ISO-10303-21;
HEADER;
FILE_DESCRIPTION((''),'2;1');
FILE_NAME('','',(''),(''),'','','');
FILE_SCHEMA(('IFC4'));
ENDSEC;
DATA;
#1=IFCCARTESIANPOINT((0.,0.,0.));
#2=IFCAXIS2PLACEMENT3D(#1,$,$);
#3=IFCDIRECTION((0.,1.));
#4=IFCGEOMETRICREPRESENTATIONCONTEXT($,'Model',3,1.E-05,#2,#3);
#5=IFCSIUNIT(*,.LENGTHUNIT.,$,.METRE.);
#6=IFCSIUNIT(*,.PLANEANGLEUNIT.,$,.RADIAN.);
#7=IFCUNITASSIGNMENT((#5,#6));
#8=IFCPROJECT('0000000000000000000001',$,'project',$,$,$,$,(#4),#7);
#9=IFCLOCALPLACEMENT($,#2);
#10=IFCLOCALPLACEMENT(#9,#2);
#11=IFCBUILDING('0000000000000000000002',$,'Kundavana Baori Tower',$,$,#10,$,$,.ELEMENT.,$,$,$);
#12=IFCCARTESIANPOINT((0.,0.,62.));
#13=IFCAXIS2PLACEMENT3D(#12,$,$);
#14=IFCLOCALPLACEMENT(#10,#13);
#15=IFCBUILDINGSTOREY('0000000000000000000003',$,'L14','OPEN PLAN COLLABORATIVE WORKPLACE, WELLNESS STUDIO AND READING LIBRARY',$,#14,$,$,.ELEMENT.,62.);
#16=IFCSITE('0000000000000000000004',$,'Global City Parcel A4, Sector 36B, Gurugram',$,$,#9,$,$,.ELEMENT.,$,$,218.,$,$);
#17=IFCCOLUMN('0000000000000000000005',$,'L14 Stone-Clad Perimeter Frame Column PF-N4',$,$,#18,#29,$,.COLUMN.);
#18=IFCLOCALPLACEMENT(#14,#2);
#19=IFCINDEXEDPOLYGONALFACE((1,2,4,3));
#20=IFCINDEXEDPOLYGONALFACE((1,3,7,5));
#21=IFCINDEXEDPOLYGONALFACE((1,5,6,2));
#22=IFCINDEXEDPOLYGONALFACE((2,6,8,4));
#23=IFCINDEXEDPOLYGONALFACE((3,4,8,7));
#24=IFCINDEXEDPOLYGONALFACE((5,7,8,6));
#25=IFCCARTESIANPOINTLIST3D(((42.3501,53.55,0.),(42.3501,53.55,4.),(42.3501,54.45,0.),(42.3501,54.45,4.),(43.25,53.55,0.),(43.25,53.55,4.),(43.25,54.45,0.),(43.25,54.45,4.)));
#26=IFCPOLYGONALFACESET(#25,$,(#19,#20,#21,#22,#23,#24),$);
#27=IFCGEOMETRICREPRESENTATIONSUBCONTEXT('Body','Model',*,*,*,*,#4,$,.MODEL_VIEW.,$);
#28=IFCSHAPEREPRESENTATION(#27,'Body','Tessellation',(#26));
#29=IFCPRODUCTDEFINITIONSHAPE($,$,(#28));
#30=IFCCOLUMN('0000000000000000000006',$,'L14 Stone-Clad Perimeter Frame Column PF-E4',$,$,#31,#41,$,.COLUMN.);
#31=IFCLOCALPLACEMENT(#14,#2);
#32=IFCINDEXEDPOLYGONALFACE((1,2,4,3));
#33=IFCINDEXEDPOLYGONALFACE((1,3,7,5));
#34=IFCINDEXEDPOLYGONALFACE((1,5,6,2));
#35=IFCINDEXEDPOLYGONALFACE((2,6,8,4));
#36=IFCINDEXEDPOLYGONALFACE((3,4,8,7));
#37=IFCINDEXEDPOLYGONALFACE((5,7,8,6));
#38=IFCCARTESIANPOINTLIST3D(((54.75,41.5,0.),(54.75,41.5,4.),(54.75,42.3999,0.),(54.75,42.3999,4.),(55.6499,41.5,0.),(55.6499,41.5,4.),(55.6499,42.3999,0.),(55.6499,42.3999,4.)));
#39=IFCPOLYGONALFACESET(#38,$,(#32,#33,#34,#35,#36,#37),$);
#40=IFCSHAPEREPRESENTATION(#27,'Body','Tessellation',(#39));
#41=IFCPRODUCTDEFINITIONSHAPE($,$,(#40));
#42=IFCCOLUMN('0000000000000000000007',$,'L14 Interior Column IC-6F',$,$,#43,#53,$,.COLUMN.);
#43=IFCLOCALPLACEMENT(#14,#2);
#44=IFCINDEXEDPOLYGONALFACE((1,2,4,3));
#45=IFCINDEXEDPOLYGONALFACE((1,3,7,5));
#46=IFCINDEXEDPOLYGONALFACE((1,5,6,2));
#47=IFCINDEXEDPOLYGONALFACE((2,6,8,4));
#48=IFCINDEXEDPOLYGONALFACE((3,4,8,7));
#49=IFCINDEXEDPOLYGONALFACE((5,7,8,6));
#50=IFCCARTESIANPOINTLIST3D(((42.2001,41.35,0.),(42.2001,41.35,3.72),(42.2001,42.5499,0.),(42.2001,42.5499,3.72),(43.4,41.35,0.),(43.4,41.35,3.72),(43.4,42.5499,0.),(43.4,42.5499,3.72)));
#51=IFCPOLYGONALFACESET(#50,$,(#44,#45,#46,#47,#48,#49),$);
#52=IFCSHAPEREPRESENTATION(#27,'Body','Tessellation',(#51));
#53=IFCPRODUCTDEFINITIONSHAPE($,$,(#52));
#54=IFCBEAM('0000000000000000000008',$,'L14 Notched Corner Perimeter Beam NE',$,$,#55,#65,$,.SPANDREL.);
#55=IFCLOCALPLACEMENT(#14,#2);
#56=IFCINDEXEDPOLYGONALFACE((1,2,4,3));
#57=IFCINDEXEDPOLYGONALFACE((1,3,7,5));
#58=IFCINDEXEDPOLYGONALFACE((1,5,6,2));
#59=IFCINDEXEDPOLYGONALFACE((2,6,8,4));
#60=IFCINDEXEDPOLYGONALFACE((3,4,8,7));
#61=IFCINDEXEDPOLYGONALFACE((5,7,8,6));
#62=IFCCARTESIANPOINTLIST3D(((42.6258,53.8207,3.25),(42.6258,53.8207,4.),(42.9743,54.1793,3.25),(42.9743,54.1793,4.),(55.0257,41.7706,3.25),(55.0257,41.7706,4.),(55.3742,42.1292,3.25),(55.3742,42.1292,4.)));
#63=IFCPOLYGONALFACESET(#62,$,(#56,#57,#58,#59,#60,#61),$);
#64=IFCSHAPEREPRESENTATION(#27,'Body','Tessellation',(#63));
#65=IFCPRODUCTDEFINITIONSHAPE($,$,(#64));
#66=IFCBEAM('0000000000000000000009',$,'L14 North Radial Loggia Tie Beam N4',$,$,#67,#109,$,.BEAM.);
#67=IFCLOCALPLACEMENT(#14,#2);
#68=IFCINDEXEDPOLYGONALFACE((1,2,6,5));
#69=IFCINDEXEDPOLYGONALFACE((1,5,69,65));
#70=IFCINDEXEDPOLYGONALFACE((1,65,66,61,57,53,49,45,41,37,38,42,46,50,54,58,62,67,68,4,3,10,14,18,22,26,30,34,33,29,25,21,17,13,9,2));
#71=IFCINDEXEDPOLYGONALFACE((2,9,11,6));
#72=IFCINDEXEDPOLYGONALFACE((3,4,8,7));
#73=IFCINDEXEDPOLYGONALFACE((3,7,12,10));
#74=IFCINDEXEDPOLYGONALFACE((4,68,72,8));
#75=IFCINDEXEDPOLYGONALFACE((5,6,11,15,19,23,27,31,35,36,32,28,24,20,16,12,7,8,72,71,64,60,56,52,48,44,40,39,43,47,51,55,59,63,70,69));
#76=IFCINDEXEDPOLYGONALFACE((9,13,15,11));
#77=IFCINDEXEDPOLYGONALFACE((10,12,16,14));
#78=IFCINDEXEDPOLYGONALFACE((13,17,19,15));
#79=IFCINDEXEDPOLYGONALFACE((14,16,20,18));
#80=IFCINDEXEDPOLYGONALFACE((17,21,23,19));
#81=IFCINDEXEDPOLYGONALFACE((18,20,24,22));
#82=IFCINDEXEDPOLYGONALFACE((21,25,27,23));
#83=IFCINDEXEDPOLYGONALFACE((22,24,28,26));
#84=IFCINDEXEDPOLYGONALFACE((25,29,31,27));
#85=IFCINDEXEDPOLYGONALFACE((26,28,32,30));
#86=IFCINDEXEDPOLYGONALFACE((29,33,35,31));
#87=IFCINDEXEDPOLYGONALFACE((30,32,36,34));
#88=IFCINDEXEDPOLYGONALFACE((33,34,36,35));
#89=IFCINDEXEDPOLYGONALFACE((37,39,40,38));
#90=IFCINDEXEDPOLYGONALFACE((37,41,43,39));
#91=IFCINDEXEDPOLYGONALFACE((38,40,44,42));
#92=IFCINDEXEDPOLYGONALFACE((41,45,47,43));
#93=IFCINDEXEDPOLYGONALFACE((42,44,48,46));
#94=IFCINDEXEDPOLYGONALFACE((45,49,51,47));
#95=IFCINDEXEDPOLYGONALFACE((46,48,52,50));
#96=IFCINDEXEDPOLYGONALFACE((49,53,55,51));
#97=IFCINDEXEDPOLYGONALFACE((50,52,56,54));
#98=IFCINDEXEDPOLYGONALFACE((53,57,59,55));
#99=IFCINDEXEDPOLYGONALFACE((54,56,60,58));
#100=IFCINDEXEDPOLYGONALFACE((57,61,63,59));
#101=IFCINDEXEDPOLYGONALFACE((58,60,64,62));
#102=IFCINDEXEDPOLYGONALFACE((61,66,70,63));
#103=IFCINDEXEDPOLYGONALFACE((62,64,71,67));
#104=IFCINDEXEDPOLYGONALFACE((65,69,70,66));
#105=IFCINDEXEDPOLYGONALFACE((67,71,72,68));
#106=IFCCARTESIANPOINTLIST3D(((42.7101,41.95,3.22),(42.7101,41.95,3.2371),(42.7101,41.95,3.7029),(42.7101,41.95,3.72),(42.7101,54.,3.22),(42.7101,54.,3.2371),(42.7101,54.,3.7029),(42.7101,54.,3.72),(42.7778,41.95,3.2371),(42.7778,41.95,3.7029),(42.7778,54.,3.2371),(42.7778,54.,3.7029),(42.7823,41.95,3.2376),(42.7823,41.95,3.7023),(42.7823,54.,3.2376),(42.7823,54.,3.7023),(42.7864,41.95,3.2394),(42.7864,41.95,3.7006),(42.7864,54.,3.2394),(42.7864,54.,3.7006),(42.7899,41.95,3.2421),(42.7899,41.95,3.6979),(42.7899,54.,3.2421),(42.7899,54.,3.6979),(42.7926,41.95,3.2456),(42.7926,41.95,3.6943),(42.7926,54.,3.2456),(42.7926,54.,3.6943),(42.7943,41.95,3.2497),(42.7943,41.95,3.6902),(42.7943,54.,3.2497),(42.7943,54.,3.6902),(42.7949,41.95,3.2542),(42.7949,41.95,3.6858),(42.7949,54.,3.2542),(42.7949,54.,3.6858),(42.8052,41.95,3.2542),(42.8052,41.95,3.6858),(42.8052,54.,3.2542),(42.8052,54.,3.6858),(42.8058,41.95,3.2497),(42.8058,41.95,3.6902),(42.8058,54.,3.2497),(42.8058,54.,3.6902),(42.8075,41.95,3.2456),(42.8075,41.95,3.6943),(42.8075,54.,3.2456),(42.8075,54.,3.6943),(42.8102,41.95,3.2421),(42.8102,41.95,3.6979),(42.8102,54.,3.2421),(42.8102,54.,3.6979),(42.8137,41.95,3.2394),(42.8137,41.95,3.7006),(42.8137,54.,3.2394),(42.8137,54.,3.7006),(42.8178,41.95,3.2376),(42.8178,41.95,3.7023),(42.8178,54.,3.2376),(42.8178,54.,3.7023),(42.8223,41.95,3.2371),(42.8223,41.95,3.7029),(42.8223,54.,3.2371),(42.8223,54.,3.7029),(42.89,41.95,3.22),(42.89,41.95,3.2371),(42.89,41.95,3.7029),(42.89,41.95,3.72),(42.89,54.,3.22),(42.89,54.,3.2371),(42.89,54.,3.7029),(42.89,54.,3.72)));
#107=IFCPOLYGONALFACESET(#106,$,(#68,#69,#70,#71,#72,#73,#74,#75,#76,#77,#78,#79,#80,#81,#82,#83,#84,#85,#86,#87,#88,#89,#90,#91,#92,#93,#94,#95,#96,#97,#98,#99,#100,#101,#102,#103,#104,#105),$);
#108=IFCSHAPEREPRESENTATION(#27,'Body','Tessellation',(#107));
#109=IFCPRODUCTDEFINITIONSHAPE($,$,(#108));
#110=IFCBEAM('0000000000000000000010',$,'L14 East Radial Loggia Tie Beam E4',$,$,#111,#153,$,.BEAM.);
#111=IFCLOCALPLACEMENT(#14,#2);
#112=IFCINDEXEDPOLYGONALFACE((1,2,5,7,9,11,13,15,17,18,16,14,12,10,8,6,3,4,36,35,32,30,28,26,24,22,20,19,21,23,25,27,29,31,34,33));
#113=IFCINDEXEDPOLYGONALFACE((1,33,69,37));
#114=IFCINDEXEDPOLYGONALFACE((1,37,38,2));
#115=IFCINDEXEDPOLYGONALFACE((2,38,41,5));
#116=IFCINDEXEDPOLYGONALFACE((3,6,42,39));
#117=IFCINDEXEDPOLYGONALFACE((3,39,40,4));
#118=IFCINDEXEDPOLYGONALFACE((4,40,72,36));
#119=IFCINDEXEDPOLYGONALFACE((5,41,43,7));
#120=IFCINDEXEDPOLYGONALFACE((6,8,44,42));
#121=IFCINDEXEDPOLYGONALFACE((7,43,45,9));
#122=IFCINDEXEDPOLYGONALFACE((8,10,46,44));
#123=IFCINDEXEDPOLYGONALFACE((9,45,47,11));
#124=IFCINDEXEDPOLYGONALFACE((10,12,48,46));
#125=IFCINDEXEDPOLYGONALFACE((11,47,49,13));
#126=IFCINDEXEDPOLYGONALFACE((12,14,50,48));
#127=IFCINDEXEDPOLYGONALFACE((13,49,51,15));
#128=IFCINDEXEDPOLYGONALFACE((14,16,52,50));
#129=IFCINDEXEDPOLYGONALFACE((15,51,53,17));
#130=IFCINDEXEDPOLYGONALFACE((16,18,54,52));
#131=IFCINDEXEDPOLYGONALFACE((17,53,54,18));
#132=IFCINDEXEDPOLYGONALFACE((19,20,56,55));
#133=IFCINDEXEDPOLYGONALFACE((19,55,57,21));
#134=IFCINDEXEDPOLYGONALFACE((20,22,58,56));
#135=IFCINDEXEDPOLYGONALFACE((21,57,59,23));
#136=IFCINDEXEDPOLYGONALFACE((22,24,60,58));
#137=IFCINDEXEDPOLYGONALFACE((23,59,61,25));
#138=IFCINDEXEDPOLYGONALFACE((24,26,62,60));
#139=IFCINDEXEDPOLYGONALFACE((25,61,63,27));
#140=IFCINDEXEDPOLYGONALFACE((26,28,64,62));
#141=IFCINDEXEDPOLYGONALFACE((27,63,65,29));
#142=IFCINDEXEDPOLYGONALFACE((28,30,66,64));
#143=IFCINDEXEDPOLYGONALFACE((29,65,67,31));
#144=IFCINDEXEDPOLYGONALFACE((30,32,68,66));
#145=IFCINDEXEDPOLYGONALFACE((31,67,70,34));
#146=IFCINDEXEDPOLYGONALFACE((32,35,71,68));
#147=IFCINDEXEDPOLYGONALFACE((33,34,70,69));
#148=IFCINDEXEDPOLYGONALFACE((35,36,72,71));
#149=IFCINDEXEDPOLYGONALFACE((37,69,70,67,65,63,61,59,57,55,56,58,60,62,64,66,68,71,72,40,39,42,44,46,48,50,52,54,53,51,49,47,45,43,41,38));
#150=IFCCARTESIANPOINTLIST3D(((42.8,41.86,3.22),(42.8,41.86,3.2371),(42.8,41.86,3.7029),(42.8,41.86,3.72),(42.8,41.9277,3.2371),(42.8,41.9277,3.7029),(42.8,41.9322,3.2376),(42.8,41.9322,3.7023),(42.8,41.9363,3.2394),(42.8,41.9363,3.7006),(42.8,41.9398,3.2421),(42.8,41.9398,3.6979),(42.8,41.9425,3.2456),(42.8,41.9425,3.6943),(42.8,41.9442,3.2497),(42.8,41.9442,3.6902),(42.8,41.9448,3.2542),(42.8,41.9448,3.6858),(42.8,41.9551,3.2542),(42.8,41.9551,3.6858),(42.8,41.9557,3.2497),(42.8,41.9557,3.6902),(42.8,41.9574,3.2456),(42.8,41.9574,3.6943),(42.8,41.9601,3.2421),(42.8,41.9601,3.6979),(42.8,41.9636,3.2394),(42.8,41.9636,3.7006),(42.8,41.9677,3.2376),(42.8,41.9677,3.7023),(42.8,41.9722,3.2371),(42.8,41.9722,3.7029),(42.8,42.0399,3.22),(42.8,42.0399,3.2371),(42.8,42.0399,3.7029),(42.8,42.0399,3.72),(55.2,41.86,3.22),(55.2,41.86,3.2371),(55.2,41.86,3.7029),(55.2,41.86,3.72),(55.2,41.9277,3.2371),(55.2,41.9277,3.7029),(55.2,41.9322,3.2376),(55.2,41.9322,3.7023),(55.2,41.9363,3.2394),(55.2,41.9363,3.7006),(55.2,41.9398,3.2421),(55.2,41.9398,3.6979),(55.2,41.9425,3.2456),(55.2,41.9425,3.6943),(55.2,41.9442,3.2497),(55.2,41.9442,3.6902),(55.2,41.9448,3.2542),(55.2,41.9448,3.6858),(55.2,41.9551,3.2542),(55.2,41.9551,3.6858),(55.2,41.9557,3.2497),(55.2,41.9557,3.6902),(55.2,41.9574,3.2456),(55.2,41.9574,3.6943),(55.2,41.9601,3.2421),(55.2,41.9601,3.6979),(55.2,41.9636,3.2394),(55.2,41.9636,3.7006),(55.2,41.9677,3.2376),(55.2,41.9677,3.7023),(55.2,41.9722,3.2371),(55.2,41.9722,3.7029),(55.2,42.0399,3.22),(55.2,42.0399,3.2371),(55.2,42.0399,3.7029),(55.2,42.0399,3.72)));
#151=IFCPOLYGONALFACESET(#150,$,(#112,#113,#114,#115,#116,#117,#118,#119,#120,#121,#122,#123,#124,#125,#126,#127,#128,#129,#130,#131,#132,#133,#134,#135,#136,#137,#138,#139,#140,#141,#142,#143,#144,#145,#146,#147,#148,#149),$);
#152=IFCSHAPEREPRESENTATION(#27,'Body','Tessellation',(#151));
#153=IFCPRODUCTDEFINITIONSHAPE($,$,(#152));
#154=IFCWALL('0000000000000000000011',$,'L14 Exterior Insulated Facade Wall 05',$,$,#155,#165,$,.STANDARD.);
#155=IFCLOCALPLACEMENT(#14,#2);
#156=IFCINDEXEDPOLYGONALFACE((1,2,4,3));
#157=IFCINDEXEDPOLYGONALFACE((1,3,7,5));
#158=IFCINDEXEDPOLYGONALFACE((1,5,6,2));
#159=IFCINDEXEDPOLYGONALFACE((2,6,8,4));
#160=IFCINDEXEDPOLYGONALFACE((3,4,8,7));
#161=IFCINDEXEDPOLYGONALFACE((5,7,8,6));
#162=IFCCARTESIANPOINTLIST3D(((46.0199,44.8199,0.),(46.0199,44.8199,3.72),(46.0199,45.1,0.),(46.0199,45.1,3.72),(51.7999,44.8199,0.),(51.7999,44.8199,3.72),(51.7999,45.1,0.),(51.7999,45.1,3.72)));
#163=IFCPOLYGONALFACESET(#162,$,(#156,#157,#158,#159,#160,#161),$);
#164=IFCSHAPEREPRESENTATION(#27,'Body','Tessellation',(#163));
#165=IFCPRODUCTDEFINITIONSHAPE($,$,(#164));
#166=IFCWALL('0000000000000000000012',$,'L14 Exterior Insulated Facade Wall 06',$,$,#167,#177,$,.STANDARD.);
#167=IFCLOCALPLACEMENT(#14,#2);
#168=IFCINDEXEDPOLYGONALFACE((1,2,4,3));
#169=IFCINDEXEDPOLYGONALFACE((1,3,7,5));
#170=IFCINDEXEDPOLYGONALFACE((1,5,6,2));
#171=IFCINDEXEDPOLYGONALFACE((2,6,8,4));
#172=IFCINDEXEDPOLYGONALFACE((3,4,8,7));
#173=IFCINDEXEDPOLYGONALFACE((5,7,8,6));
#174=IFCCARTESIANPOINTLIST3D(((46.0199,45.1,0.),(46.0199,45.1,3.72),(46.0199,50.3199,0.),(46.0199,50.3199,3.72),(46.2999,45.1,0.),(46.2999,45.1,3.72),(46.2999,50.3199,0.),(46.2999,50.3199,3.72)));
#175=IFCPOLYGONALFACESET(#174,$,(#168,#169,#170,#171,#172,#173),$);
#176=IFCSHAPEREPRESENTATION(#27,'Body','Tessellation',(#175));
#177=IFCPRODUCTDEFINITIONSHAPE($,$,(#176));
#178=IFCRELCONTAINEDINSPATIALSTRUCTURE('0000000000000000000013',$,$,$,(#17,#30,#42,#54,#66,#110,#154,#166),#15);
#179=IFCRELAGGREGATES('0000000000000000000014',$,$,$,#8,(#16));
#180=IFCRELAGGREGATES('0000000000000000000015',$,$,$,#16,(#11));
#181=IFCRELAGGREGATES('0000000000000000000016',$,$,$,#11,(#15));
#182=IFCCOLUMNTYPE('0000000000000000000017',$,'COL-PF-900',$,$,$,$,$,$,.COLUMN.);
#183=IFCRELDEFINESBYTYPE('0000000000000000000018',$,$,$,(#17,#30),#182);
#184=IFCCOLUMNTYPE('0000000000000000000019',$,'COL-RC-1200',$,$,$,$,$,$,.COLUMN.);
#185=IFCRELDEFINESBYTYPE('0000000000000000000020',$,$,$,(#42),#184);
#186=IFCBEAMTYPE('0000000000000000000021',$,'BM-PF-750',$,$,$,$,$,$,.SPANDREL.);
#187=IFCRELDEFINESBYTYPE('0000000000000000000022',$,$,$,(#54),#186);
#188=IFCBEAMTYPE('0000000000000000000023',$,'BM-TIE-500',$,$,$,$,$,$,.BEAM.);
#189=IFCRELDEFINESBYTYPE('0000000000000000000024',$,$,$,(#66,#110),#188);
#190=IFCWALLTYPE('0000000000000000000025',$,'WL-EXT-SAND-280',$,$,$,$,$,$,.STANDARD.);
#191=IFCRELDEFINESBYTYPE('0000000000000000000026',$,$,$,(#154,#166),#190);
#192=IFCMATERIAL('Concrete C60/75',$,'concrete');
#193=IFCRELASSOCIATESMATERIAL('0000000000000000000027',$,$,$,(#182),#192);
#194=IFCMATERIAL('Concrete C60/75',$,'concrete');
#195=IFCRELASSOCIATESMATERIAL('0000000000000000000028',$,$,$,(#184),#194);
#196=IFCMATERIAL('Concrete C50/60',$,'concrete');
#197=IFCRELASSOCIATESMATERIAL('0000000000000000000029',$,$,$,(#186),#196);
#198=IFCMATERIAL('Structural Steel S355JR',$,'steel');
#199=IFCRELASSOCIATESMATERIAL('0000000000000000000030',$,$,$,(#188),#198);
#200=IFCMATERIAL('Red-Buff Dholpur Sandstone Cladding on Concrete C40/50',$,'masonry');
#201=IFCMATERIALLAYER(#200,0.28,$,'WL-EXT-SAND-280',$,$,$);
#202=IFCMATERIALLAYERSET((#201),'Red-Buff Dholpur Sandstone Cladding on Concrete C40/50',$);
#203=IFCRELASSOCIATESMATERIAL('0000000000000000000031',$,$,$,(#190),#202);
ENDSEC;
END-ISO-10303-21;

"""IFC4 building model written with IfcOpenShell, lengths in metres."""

from ifc_helpers import new_model, si_unit, direction, frame, frame_2d, origin, origin_2d, place, context, subcontext, project, spatial, rectangle, i_section, extrude, material, layer, layer_set, material_profile, profile_set, type_object, element, save


model = new_model("IFC4")

# Units and contexts
model_context = context("Model", 3, precision=1e-05, world=origin(), true_north=direction((0.0, 1.0)))
body_context = subcontext(model_context, "Body", "Model", "MODEL_VIEW")
ifc_project = project(units=[si_unit("LENGTHUNIT", "METRE"), si_unit("PLANEANGLEUNIT", "RADIAN")], contexts=[model_context])

# Site, building, storey
site_placement = place(None, origin())
site = spatial("IfcSite", under=ifc_project, at=site_placement, Name="Global City Parcel A4, Sector 36B, Gurugram", CompositionType="ELEMENT", RefElevation=218.0)
building_placement = place(site_placement, origin())
building = spatial("IfcBuilding", under=site, at=building_placement, Name="Kundavana Baori Tower", CompositionType="ELEMENT")
storey_placement = place(building_placement, frame((0.0, 0.0, 62.0)))
storey = spatial("IfcBuildingStorey", under=building, at=storey_placement, Name="L14", Description="OPEN PLAN COLLABORATIVE WORKPLACE, WELLNESS STUDIO AND READING LIBRARY", CompositionType="ELEMENT", Elevation=62.0)

# Columns
ifc_material_1 = material(Name="Concrete C60/75", Category="concrete")
ifc_material_profile_1 = material_profile(ifc_material_1, rectangle(XDim=0.8999, YDim=0.8999, at=origin_2d()), Name="RC PF 900x900")
ifc_profile_set_1 = profile_set([ifc_material_profile_1], Name="Concrete C60/75")
column_type_1 = type_object("IfcColumnType", Name="COL-PF-900", PredefinedType="COLUMN", material=ifc_profile_set_1)
for number, where, z_axis, x_axis, name in (
    (1, (42.8, 54.0, 0.0), (0.0, 0.0, 1.0), (1.0, 0.0, 0.0), "L14 Stone-Clad Perimeter Frame Column PF-N4"),
    (2, (55.2, 41.95, 0.0), (0.0, 0.0, 1.0), (1.0, 0.0, 0.0), "L14 Stone-Clad Perimeter Frame Column PF-E4"),
):
    element("IfcColumn", number, at=place(storey_placement, frame(where, z_axis=z_axis, x_axis=x_axis)), inside=storey, type_object=column_type_1, Name=name, PredefinedType="COLUMN", context=body_context, shape_type="SweptSolid", body=[
        extrude(rectangle(XDim=0.8999, YDim=0.8999, at=origin_2d()), origin(), (0.0, 0.0, 1.0), 4.0),
    ])
ifc_material_2 = material(Name="Concrete C60/75", Category="concrete")
ifc_material_profile_2 = material_profile(ifc_material_2, rectangle(XDim=1.2, YDim=1.2, at=origin_2d()), Name="RC 1200x1200")
ifc_profile_set_2 = profile_set([ifc_material_profile_2], Name="Concrete C60/75")
column_type_2 = type_object("IfcColumnType", Name="COL-RC-1200", PredefinedType="COLUMN", material=ifc_profile_set_2)
column_placement = place(storey_placement, frame((42.8, 41.95, 0.0), z_axis=(0.0, 0.0, 1.0), x_axis=(1.0, 0.0, 0.0)))
element("IfcColumn", 3, at=column_placement, inside=storey, type_object=column_type_2, Name="L14 Interior Column IC-6F", PredefinedType="COLUMN", context=body_context, shape_type="SweptSolid", body=[
    extrude(rectangle(XDim=1.2, YDim=1.2, at=origin_2d()), origin(), (0.0, 0.0, 1.0), 3.72),
])

# Beams
ifc_material_3 = material(Name="Concrete C50/60", Category="concrete")
ifc_material_profile_3 = material_profile(ifc_material_3, rectangle(XDim=0.5, YDim=0.75, at=origin_2d()), Name="RC BM 500x750")
ifc_profile_set_3 = profile_set([ifc_material_profile_3], Name="Concrete C50/60")
beam_type_1 = type_object("IfcBeamType", Name="BM-PF-750", PredefinedType="SPANDREL", material=ifc_profile_set_3)
beam_1_placement = place(storey_placement, frame((42.8, 54.0, 3.625), z_axis=(0.717151, -0.696917, 0.0), x_axis=(0.696917, 0.717151, 0.0)))
element("IfcBeam", 4, at=beam_1_placement, inside=storey, type_object=beam_type_1, Name="L14 Notched Corner Perimeter Beam NE", PredefinedType="SPANDREL", context=body_context, shape_type="SweptSolid", body=[
    extrude(rectangle(XDim=0.5, YDim=0.75, at=origin_2d()), origin(), (0.0, 0.0, 1.0), 17.2905),
])
ifc_material_4 = material(Name="Structural Steel S355JR", Category="steel")
ifc_material_profile_4 = material_profile(ifc_material_4, i_section(OverallWidth=0.1799, OverallDepth=0.5, WebThickness=0.0103, FlangeThickness=0.0171, FilletRadius=0.0171, at=origin_2d()), Name="ISMB 500")
ifc_profile_set_4 = profile_set([ifc_material_profile_4], Name="Structural Steel S355JR")
beam_type_2 = type_object("IfcBeamType", Name="BM-TIE-500", PredefinedType="BEAM", material=ifc_profile_set_4)
beam_2_placement = place(storey_placement, frame((42.8, 41.95, 3.47), z_axis=(0.0, 1.0, 0.0), x_axis=(-1.0, 0.0, 0.0)))
element("IfcBeam", 5, at=beam_2_placement, inside=storey, type_object=beam_type_2, Name="L14 North Radial Loggia Tie Beam N4", PredefinedType="BEAM", context=body_context, shape_type="SweptSolid", body=[
    extrude(i_section(OverallWidth=0.1799, OverallDepth=0.5, WebThickness=0.0103, FlangeThickness=0.0171, FilletRadius=0.0171, at=origin_2d()), origin(), (0.0, 0.0, 1.0), 12.05),
])
beam_3_placement = place(storey_placement, frame((42.8, 41.95, 3.47), z_axis=(1.0, 0.0, 0.0), x_axis=(0.0, 1.0, 0.0)))
element("IfcBeam", 6, at=beam_3_placement, inside=storey, type_object=beam_type_2, Name="L14 East Radial Loggia Tie Beam E4", PredefinedType="BEAM", context=body_context, shape_type="SweptSolid", body=[
    extrude(i_section(OverallWidth=0.1799, OverallDepth=0.5, WebThickness=0.0103, FlangeThickness=0.0171, FilletRadius=0.0171, at=origin_2d()), origin(), (0.0, 0.0, 1.0), 12.3999),
])

# Walls
ifc_material_5 = material(Name="Red-Buff Dholpur Sandstone Cladding on Concrete C40/50", Category="masonry")
ifc_layer_1 = layer(ifc_material_5, 0.28, Name="WL-EXT-SAND-280")
ifc_layer_set_1 = layer_set([ifc_layer_1], Name="Red-Buff Dholpur Sandstone Cladding on Concrete C40/50")
wall_type_1 = type_object("IfcWallType", Name="WL-EXT-SAND-280", PredefinedType="STANDARD", material=ifc_layer_set_1)
wall_1_placement = place(storey_placement, frame((51.8, 44.96, 0.0), z_axis=(0.0, 0.0, 1.0), x_axis=(-1.0, 0.0, 0.0)))
element("IfcWall", 7, at=wall_1_placement, inside=storey, type_object=wall_type_1, Name="L14 Exterior Insulated Facade Wall 05", PredefinedType="STANDARD", context=body_context, shape_type="SweptSolid", body=[
    extrude(rectangle(XDim=5.78, YDim=0.28, at=frame_2d((2.8901, 0.0))), origin(), (0.0, 0.0, 1.0), 3.72),
])
wall_2_placement = place(storey_placement, frame((46.1599, 45.1001, 0.0), z_axis=(0.0, 0.0, 1.0), x_axis=(0.0, 1.0, 0.0)))
element("IfcWall", 8, at=wall_2_placement, inside=storey, type_object=wall_type_1, Name="L14 Exterior Insulated Facade Wall 06", PredefinedType="STANDARD", context=body_context, shape_type="SweptSolid", body=[
    extrude(rectangle(XDim=5.22, YDim=0.28, at=frame_2d((2.6099, 0.0))), origin(), (0.0, 0.0, 1.0), 3.72),
])

save(model, "model.ifc")
